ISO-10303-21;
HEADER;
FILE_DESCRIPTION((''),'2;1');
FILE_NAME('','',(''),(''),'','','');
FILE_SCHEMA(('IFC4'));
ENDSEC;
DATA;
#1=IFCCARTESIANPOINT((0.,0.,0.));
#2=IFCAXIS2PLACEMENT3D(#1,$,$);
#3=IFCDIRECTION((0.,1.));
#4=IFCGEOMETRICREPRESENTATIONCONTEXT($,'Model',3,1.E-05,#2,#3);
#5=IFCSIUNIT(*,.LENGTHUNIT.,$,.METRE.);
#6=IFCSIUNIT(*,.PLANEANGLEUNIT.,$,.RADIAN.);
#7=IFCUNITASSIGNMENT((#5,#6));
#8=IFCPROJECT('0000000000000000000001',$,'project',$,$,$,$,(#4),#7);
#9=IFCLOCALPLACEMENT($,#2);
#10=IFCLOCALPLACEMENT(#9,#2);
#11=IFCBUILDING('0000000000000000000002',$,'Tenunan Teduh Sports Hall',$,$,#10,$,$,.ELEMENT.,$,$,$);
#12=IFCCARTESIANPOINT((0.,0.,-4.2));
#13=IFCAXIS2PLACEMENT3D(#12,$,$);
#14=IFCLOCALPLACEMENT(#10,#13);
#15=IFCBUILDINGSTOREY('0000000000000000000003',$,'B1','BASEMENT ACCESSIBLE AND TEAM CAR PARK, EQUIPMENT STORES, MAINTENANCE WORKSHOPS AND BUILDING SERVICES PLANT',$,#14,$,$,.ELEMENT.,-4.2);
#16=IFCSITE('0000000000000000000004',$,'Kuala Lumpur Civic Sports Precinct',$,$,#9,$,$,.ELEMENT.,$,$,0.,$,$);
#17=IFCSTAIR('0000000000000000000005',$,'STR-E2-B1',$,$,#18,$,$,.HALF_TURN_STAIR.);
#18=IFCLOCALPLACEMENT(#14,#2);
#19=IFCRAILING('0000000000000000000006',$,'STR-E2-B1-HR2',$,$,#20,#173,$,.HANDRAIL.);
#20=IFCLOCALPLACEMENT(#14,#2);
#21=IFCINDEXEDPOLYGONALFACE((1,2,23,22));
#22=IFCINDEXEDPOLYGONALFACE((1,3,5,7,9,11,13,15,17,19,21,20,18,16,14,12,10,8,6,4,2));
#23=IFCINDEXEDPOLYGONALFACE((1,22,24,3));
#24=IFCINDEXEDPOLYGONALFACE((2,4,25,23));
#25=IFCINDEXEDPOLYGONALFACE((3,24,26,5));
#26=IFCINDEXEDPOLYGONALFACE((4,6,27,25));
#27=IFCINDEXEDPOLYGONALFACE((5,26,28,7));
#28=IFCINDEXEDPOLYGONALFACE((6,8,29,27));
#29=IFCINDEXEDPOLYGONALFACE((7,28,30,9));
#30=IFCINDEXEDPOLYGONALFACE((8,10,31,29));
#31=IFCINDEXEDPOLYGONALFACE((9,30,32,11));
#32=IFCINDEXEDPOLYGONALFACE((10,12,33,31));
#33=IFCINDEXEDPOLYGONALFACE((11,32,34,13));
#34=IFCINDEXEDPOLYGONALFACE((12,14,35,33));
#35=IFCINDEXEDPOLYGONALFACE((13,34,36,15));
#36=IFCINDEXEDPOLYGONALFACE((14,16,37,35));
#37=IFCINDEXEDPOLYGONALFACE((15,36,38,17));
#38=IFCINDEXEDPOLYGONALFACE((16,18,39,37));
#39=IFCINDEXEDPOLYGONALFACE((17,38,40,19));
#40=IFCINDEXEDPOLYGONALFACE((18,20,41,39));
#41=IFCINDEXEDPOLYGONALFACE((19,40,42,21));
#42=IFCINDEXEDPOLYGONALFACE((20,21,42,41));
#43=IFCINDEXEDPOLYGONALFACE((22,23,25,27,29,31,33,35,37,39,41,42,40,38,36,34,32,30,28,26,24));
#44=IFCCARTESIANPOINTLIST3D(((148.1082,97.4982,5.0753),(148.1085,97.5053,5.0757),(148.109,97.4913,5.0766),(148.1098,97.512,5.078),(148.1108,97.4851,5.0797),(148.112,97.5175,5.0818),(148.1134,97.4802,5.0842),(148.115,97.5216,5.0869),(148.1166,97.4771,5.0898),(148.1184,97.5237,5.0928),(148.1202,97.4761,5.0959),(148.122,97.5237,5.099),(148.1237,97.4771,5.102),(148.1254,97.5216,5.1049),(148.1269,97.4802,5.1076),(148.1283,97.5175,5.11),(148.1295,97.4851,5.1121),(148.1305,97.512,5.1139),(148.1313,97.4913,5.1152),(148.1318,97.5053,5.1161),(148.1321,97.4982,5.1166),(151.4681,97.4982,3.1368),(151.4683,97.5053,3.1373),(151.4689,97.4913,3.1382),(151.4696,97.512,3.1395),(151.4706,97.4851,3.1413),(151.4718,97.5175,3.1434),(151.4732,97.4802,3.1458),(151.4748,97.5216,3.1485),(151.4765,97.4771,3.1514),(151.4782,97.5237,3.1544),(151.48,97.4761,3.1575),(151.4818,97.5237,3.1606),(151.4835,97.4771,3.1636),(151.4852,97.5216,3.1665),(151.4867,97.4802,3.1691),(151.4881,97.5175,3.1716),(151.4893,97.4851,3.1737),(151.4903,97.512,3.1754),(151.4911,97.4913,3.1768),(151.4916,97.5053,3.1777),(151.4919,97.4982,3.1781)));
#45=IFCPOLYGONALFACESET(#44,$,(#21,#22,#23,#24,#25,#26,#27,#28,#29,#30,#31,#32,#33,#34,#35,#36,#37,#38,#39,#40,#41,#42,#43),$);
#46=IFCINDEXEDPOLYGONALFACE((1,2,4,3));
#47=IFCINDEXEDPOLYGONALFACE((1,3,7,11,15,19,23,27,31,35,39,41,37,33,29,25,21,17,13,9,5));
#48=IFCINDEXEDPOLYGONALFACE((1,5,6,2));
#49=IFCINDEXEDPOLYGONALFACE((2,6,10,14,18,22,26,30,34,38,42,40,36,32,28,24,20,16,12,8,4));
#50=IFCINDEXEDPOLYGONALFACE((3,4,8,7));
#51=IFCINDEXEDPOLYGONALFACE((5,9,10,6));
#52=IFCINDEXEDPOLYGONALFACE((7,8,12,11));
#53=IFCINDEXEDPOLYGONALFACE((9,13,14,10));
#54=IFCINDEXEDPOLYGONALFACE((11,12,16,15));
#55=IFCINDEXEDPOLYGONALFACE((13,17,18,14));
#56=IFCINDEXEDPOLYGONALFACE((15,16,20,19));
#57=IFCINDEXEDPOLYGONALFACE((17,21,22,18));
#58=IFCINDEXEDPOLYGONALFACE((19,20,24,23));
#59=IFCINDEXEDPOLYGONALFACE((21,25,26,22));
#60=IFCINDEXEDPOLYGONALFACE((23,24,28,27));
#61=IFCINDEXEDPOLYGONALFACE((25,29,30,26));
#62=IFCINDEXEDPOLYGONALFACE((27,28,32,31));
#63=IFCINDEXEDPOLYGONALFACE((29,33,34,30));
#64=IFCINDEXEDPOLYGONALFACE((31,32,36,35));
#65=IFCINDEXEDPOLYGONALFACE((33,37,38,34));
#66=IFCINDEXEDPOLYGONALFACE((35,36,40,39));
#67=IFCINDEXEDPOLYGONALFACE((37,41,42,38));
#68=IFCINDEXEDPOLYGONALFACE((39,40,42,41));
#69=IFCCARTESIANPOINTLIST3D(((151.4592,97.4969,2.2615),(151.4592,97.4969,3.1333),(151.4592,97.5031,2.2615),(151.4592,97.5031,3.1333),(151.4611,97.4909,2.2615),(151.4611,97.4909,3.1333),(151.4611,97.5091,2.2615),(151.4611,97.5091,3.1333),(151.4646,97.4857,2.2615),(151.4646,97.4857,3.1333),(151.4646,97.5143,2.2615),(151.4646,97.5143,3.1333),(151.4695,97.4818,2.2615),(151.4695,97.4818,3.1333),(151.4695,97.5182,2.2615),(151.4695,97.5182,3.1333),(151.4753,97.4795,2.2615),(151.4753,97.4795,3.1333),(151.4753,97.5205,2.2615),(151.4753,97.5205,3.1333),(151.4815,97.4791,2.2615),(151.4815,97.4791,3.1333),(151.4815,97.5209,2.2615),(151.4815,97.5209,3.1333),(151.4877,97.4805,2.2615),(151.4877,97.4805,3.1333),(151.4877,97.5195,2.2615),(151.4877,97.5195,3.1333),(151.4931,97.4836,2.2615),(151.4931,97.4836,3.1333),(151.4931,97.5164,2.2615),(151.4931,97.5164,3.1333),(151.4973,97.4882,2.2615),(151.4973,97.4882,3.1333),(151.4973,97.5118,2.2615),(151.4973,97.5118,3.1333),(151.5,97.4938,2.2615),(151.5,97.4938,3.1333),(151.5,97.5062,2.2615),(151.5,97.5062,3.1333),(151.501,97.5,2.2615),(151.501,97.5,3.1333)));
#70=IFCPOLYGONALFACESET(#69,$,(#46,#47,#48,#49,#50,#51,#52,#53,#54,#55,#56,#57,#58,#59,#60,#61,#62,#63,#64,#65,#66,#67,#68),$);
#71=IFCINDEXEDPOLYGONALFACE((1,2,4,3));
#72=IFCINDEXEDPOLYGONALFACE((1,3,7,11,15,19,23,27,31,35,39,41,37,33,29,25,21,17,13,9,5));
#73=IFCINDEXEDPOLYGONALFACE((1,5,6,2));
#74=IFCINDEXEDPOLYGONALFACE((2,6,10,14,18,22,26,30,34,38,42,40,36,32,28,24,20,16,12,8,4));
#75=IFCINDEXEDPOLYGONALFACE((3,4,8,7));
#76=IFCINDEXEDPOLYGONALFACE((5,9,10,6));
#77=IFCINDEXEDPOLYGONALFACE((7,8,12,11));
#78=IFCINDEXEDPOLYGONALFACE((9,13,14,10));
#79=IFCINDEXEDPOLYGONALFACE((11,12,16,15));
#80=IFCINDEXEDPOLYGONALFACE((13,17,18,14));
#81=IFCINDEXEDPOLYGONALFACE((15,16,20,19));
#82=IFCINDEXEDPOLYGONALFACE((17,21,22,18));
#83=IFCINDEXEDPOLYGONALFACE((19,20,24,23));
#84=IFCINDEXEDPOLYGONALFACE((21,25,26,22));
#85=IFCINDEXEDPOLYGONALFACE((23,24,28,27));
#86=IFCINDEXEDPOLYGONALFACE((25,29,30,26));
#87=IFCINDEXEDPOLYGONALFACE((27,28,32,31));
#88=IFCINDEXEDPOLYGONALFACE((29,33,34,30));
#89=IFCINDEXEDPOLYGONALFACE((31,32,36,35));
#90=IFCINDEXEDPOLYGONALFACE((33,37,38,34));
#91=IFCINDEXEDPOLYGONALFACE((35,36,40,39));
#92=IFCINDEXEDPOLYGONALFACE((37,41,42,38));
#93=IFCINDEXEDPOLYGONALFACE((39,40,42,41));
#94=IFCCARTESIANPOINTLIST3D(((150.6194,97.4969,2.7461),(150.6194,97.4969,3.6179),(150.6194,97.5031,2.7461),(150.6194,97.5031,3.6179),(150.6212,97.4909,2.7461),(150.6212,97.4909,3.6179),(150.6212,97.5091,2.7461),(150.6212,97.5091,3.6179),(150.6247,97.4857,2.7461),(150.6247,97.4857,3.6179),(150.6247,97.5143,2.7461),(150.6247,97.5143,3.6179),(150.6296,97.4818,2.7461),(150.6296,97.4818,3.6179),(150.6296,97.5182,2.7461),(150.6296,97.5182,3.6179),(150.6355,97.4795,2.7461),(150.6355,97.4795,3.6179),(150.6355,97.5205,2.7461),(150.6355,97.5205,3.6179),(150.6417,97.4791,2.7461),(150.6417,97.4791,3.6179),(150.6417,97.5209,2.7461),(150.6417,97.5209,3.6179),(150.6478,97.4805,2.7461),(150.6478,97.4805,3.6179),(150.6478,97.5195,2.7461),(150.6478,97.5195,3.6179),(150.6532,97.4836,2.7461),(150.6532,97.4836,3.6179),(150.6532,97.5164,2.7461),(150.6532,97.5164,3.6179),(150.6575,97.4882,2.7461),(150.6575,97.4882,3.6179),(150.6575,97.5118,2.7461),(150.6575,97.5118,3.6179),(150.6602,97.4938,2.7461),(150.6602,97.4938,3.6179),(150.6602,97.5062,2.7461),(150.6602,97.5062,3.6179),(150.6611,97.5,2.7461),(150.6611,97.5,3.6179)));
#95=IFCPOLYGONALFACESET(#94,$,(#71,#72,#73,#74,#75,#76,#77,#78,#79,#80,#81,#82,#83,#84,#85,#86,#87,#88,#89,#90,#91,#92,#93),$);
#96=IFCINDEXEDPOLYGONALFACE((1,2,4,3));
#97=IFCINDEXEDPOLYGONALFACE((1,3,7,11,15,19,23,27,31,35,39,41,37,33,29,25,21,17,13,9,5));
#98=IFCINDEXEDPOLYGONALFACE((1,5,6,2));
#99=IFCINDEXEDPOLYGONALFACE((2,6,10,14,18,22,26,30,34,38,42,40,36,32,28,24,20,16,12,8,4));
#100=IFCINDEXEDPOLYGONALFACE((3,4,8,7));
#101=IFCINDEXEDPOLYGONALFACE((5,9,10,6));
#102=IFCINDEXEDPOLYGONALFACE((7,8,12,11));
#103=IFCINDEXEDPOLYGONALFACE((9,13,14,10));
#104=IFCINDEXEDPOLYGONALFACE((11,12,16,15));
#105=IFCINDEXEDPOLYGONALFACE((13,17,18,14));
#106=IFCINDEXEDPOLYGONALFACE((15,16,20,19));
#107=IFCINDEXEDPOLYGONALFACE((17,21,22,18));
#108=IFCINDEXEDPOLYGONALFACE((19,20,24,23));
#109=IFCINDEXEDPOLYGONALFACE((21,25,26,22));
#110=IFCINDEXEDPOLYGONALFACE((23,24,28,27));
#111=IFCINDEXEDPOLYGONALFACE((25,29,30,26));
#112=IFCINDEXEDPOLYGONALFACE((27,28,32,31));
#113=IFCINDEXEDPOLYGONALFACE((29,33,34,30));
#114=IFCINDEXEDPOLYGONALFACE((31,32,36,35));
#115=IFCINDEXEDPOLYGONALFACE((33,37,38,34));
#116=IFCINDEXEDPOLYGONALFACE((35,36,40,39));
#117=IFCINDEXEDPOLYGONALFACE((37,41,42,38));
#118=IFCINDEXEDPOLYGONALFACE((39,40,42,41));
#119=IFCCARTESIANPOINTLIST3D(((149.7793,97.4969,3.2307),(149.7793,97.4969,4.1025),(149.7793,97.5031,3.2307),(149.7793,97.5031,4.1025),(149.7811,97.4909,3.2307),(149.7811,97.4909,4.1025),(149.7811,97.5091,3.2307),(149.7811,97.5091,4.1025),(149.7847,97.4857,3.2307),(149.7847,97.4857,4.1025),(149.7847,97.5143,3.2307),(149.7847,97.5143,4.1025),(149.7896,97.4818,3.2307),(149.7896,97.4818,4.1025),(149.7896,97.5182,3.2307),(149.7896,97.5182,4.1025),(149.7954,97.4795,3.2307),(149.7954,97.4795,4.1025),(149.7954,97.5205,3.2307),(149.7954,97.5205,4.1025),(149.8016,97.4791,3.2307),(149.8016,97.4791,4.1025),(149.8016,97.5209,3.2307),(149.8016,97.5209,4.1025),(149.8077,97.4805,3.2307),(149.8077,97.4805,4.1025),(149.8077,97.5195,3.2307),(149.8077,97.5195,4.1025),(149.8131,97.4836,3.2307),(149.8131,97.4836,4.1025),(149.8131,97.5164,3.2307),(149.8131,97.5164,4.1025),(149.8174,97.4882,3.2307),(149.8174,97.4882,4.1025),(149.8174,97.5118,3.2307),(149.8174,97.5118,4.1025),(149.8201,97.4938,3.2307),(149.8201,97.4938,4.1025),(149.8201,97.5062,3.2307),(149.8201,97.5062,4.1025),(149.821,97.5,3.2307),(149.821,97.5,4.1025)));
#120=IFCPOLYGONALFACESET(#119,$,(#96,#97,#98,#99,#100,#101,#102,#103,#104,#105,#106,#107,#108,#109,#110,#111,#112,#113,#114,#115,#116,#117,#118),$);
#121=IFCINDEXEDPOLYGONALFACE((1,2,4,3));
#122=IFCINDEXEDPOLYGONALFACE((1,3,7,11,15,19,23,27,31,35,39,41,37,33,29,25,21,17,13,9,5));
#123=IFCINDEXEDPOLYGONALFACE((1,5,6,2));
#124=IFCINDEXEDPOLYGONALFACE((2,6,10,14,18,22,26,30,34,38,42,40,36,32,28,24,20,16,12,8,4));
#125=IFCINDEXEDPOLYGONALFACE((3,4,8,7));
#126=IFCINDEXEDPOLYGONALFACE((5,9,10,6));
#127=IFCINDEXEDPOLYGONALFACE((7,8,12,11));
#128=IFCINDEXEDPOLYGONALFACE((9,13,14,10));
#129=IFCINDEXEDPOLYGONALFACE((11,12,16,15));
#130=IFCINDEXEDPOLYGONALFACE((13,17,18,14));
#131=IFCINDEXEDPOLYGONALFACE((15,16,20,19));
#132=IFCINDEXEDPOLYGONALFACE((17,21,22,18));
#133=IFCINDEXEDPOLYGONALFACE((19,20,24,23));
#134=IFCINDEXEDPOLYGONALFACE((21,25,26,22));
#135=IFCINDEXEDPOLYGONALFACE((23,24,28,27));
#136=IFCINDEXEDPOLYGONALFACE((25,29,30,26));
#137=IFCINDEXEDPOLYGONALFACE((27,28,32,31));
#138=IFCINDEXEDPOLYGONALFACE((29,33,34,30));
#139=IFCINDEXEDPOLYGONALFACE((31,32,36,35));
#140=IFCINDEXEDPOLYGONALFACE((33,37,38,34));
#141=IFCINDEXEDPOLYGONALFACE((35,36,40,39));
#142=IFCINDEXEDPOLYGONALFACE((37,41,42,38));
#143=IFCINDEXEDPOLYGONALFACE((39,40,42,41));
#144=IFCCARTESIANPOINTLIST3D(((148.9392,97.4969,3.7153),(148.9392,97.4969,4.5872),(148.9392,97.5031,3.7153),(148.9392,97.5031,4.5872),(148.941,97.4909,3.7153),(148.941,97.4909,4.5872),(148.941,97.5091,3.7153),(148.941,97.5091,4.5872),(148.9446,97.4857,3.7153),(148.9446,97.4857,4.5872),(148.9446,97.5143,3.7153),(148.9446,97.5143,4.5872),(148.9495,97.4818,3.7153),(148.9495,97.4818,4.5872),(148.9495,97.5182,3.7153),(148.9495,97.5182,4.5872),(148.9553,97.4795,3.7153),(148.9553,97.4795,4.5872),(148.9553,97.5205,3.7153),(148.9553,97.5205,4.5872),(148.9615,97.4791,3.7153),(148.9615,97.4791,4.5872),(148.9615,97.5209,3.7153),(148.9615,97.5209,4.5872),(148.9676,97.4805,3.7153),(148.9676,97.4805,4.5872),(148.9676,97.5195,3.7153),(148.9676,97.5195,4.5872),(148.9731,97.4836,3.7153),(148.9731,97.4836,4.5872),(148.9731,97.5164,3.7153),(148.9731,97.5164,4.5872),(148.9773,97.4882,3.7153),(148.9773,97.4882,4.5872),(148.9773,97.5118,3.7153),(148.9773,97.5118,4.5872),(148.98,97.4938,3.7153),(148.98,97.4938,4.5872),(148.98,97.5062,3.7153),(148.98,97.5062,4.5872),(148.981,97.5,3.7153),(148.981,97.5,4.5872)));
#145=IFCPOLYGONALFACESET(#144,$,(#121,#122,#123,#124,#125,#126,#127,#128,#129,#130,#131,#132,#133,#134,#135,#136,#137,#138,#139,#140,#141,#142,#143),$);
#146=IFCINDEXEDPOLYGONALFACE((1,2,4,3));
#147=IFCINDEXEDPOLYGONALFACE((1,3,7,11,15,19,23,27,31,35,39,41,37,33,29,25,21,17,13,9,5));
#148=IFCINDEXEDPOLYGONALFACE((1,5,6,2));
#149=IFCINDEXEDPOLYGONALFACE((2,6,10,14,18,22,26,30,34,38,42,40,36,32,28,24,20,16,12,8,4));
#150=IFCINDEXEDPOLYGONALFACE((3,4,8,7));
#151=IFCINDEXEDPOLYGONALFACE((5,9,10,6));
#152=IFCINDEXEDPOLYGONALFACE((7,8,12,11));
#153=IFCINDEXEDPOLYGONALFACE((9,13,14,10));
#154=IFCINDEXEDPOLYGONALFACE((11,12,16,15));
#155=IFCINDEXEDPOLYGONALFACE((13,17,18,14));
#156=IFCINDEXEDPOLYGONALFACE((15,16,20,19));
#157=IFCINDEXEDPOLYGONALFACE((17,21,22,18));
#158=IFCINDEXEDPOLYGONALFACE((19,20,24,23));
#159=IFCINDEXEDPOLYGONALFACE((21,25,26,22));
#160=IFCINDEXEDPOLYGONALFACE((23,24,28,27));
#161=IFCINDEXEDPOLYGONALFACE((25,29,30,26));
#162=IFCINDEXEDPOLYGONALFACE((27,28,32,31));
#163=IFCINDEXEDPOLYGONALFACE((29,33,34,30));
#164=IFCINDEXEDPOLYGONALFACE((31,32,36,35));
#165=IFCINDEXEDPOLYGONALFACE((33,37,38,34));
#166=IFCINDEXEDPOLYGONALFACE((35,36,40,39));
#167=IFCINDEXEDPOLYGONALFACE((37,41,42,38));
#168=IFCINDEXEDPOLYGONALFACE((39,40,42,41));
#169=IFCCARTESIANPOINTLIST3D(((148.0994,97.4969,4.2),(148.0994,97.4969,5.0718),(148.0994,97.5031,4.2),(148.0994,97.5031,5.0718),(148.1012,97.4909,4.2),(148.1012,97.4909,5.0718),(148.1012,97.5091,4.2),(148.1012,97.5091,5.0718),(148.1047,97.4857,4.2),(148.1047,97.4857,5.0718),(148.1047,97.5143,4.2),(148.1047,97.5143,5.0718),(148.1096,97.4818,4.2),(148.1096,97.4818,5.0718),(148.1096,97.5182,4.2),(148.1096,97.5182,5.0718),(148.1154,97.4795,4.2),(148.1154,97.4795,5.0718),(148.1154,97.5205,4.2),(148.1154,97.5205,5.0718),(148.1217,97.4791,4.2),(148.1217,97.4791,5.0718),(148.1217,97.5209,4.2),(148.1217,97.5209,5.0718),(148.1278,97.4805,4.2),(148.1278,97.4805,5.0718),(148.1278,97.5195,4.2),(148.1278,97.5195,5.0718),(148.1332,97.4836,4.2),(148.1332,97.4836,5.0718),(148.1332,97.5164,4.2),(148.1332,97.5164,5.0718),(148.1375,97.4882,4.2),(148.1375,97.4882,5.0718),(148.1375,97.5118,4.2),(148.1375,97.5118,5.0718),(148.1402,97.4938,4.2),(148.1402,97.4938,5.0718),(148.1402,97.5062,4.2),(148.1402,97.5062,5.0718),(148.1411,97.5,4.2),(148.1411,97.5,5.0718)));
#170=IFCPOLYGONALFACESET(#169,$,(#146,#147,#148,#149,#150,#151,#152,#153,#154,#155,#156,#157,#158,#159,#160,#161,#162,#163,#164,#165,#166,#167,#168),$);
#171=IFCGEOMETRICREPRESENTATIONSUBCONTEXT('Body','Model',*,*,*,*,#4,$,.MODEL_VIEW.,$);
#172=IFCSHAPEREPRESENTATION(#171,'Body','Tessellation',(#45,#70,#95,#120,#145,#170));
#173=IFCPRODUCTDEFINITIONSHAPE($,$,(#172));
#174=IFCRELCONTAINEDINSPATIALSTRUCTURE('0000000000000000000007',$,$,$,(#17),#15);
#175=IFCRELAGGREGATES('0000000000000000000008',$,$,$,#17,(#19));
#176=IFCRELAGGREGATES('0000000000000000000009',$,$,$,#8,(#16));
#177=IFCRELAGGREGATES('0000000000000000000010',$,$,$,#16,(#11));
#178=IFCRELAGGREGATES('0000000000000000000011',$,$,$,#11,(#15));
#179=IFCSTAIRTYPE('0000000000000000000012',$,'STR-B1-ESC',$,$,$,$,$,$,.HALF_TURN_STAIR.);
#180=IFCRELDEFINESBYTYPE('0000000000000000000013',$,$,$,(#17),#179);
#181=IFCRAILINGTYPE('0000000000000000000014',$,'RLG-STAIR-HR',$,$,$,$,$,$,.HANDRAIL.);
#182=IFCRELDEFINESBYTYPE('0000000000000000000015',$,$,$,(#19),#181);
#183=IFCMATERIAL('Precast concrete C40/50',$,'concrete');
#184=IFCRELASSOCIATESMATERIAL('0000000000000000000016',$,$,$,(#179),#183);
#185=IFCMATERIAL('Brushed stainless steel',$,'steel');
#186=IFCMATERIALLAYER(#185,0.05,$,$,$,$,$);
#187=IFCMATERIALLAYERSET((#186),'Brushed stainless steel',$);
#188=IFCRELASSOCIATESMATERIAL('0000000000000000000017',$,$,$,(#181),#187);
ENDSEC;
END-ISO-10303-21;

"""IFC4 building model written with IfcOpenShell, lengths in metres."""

from ifc_helpers import new_model, si_unit, direction, frame, origin, origin_2d, place, context, subcontext, project, spatial, circle, extrude, material, layer, layer_set, type_object, element, aggregate, save


model = new_model("IFC4")

# Units and contexts
model_context = context("Model", 3, precision=1e-05, world=origin(), true_north=direction((0.0, 1.0)))
body_context = subcontext(model_context, "Body", "Model", "MODEL_VIEW")
ifc_project = project(units=[si_unit("LENGTHUNIT", "METRE"), si_unit("PLANEANGLEUNIT", "RADIAN")], contexts=[model_context])

# Site, building, storey
site_placement = place(None, origin())
site = spatial("IfcSite", under=ifc_project, at=site_placement, Name="Kuala Lumpur Civic Sports Precinct", CompositionType="ELEMENT", RefElevation=0.0)
building_placement = place(site_placement, origin())
building = spatial("IfcBuilding", under=site, at=building_placement, Name="Tenunan Teduh Sports Hall", CompositionType="ELEMENT")
storey_placement = place(building_placement, frame((0.0, 0.0, -4.2)))
storey = spatial("IfcBuildingStorey", under=building, at=storey_placement, Name="B1", Description="BASEMENT ACCESSIBLE AND TEAM CAR PARK, EQUIPMENT STORES, MAINTENANCE WORKSHOPS AND BUILDING SERVICES PLANT", CompositionType="ELEMENT", Elevation=-4.2)

# Stair
ifc_material_1 = material(Name="Precast concrete C40/50", Category="concrete")
stair_type = type_object("IfcStairType", Name="STR-B1-ESC", PredefinedType="HALF_TURN_STAIR", material=ifc_material_1)
stair_placement = place(storey_placement, origin())
stair = element("IfcStair", 1, at=stair_placement, inside=storey, type_object=stair_type, Name="STR-E2-B1", PredefinedType="HALF_TURN_STAIR")

# Railing
ifc_material_2 = material(Name="Brushed stainless steel", Category="steel")
ifc_layer_1 = layer(ifc_material_2, 0.05)
ifc_layer_set_1 = layer_set([ifc_layer_1], Name="Brushed stainless steel")
railing_type_1 = type_object("IfcRailingType", Name="RLG-STAIR-HR", PredefinedType="HANDRAIL", material=ifc_layer_set_1)
railing_1_placement = place(storey_placement, frame((151.48, 97.5, 2.2615)))
railing_1 = element("IfcRailing", 2, at=railing_1_placement, type_object=railing_type_1, Name="STR-E2-B1-HR2", PredefinedType="HANDRAIL", context=body_context, shape_type="SweptSolid", body=[
    extrude(circle(Radius=0.0239, at=origin_2d()), frame((0.0, 0.0, 0.896), z_axis=(-0.866175, 0.0, 0.499741), x_axis=(0.0, -1.0, 0.0)), (0.0, 0.0, 1.0), 3.8789),
    extrude(circle(Radius=0.021, at=origin_2d()), origin(), (0.0, 0.0, 1.0), 0.8718),
    extrude(circle(Radius=0.021, at=origin_2d()), frame((-0.8398, 0.0, 0.4846)), (0.0, 0.0, 1.0), 0.8718),
    extrude(circle(Radius=0.021, at=origin_2d()), frame((-1.6799, 0.0, 0.9692)), (0.0, 0.0, 1.0), 0.8718),
    extrude(circle(Radius=0.021, at=origin_2d()), frame((-2.52, 0.0, 1.4539)), (0.0, 0.0, 1.0), 0.8718),
    extrude(circle(Radius=0.021, at=origin_2d()), frame((-3.3599, 0.0, 1.9385)), (0.0, 0.0, 1.0), 0.8718),
])
aggregate(stair, [railing_1])

save(model, "model.ifc")
